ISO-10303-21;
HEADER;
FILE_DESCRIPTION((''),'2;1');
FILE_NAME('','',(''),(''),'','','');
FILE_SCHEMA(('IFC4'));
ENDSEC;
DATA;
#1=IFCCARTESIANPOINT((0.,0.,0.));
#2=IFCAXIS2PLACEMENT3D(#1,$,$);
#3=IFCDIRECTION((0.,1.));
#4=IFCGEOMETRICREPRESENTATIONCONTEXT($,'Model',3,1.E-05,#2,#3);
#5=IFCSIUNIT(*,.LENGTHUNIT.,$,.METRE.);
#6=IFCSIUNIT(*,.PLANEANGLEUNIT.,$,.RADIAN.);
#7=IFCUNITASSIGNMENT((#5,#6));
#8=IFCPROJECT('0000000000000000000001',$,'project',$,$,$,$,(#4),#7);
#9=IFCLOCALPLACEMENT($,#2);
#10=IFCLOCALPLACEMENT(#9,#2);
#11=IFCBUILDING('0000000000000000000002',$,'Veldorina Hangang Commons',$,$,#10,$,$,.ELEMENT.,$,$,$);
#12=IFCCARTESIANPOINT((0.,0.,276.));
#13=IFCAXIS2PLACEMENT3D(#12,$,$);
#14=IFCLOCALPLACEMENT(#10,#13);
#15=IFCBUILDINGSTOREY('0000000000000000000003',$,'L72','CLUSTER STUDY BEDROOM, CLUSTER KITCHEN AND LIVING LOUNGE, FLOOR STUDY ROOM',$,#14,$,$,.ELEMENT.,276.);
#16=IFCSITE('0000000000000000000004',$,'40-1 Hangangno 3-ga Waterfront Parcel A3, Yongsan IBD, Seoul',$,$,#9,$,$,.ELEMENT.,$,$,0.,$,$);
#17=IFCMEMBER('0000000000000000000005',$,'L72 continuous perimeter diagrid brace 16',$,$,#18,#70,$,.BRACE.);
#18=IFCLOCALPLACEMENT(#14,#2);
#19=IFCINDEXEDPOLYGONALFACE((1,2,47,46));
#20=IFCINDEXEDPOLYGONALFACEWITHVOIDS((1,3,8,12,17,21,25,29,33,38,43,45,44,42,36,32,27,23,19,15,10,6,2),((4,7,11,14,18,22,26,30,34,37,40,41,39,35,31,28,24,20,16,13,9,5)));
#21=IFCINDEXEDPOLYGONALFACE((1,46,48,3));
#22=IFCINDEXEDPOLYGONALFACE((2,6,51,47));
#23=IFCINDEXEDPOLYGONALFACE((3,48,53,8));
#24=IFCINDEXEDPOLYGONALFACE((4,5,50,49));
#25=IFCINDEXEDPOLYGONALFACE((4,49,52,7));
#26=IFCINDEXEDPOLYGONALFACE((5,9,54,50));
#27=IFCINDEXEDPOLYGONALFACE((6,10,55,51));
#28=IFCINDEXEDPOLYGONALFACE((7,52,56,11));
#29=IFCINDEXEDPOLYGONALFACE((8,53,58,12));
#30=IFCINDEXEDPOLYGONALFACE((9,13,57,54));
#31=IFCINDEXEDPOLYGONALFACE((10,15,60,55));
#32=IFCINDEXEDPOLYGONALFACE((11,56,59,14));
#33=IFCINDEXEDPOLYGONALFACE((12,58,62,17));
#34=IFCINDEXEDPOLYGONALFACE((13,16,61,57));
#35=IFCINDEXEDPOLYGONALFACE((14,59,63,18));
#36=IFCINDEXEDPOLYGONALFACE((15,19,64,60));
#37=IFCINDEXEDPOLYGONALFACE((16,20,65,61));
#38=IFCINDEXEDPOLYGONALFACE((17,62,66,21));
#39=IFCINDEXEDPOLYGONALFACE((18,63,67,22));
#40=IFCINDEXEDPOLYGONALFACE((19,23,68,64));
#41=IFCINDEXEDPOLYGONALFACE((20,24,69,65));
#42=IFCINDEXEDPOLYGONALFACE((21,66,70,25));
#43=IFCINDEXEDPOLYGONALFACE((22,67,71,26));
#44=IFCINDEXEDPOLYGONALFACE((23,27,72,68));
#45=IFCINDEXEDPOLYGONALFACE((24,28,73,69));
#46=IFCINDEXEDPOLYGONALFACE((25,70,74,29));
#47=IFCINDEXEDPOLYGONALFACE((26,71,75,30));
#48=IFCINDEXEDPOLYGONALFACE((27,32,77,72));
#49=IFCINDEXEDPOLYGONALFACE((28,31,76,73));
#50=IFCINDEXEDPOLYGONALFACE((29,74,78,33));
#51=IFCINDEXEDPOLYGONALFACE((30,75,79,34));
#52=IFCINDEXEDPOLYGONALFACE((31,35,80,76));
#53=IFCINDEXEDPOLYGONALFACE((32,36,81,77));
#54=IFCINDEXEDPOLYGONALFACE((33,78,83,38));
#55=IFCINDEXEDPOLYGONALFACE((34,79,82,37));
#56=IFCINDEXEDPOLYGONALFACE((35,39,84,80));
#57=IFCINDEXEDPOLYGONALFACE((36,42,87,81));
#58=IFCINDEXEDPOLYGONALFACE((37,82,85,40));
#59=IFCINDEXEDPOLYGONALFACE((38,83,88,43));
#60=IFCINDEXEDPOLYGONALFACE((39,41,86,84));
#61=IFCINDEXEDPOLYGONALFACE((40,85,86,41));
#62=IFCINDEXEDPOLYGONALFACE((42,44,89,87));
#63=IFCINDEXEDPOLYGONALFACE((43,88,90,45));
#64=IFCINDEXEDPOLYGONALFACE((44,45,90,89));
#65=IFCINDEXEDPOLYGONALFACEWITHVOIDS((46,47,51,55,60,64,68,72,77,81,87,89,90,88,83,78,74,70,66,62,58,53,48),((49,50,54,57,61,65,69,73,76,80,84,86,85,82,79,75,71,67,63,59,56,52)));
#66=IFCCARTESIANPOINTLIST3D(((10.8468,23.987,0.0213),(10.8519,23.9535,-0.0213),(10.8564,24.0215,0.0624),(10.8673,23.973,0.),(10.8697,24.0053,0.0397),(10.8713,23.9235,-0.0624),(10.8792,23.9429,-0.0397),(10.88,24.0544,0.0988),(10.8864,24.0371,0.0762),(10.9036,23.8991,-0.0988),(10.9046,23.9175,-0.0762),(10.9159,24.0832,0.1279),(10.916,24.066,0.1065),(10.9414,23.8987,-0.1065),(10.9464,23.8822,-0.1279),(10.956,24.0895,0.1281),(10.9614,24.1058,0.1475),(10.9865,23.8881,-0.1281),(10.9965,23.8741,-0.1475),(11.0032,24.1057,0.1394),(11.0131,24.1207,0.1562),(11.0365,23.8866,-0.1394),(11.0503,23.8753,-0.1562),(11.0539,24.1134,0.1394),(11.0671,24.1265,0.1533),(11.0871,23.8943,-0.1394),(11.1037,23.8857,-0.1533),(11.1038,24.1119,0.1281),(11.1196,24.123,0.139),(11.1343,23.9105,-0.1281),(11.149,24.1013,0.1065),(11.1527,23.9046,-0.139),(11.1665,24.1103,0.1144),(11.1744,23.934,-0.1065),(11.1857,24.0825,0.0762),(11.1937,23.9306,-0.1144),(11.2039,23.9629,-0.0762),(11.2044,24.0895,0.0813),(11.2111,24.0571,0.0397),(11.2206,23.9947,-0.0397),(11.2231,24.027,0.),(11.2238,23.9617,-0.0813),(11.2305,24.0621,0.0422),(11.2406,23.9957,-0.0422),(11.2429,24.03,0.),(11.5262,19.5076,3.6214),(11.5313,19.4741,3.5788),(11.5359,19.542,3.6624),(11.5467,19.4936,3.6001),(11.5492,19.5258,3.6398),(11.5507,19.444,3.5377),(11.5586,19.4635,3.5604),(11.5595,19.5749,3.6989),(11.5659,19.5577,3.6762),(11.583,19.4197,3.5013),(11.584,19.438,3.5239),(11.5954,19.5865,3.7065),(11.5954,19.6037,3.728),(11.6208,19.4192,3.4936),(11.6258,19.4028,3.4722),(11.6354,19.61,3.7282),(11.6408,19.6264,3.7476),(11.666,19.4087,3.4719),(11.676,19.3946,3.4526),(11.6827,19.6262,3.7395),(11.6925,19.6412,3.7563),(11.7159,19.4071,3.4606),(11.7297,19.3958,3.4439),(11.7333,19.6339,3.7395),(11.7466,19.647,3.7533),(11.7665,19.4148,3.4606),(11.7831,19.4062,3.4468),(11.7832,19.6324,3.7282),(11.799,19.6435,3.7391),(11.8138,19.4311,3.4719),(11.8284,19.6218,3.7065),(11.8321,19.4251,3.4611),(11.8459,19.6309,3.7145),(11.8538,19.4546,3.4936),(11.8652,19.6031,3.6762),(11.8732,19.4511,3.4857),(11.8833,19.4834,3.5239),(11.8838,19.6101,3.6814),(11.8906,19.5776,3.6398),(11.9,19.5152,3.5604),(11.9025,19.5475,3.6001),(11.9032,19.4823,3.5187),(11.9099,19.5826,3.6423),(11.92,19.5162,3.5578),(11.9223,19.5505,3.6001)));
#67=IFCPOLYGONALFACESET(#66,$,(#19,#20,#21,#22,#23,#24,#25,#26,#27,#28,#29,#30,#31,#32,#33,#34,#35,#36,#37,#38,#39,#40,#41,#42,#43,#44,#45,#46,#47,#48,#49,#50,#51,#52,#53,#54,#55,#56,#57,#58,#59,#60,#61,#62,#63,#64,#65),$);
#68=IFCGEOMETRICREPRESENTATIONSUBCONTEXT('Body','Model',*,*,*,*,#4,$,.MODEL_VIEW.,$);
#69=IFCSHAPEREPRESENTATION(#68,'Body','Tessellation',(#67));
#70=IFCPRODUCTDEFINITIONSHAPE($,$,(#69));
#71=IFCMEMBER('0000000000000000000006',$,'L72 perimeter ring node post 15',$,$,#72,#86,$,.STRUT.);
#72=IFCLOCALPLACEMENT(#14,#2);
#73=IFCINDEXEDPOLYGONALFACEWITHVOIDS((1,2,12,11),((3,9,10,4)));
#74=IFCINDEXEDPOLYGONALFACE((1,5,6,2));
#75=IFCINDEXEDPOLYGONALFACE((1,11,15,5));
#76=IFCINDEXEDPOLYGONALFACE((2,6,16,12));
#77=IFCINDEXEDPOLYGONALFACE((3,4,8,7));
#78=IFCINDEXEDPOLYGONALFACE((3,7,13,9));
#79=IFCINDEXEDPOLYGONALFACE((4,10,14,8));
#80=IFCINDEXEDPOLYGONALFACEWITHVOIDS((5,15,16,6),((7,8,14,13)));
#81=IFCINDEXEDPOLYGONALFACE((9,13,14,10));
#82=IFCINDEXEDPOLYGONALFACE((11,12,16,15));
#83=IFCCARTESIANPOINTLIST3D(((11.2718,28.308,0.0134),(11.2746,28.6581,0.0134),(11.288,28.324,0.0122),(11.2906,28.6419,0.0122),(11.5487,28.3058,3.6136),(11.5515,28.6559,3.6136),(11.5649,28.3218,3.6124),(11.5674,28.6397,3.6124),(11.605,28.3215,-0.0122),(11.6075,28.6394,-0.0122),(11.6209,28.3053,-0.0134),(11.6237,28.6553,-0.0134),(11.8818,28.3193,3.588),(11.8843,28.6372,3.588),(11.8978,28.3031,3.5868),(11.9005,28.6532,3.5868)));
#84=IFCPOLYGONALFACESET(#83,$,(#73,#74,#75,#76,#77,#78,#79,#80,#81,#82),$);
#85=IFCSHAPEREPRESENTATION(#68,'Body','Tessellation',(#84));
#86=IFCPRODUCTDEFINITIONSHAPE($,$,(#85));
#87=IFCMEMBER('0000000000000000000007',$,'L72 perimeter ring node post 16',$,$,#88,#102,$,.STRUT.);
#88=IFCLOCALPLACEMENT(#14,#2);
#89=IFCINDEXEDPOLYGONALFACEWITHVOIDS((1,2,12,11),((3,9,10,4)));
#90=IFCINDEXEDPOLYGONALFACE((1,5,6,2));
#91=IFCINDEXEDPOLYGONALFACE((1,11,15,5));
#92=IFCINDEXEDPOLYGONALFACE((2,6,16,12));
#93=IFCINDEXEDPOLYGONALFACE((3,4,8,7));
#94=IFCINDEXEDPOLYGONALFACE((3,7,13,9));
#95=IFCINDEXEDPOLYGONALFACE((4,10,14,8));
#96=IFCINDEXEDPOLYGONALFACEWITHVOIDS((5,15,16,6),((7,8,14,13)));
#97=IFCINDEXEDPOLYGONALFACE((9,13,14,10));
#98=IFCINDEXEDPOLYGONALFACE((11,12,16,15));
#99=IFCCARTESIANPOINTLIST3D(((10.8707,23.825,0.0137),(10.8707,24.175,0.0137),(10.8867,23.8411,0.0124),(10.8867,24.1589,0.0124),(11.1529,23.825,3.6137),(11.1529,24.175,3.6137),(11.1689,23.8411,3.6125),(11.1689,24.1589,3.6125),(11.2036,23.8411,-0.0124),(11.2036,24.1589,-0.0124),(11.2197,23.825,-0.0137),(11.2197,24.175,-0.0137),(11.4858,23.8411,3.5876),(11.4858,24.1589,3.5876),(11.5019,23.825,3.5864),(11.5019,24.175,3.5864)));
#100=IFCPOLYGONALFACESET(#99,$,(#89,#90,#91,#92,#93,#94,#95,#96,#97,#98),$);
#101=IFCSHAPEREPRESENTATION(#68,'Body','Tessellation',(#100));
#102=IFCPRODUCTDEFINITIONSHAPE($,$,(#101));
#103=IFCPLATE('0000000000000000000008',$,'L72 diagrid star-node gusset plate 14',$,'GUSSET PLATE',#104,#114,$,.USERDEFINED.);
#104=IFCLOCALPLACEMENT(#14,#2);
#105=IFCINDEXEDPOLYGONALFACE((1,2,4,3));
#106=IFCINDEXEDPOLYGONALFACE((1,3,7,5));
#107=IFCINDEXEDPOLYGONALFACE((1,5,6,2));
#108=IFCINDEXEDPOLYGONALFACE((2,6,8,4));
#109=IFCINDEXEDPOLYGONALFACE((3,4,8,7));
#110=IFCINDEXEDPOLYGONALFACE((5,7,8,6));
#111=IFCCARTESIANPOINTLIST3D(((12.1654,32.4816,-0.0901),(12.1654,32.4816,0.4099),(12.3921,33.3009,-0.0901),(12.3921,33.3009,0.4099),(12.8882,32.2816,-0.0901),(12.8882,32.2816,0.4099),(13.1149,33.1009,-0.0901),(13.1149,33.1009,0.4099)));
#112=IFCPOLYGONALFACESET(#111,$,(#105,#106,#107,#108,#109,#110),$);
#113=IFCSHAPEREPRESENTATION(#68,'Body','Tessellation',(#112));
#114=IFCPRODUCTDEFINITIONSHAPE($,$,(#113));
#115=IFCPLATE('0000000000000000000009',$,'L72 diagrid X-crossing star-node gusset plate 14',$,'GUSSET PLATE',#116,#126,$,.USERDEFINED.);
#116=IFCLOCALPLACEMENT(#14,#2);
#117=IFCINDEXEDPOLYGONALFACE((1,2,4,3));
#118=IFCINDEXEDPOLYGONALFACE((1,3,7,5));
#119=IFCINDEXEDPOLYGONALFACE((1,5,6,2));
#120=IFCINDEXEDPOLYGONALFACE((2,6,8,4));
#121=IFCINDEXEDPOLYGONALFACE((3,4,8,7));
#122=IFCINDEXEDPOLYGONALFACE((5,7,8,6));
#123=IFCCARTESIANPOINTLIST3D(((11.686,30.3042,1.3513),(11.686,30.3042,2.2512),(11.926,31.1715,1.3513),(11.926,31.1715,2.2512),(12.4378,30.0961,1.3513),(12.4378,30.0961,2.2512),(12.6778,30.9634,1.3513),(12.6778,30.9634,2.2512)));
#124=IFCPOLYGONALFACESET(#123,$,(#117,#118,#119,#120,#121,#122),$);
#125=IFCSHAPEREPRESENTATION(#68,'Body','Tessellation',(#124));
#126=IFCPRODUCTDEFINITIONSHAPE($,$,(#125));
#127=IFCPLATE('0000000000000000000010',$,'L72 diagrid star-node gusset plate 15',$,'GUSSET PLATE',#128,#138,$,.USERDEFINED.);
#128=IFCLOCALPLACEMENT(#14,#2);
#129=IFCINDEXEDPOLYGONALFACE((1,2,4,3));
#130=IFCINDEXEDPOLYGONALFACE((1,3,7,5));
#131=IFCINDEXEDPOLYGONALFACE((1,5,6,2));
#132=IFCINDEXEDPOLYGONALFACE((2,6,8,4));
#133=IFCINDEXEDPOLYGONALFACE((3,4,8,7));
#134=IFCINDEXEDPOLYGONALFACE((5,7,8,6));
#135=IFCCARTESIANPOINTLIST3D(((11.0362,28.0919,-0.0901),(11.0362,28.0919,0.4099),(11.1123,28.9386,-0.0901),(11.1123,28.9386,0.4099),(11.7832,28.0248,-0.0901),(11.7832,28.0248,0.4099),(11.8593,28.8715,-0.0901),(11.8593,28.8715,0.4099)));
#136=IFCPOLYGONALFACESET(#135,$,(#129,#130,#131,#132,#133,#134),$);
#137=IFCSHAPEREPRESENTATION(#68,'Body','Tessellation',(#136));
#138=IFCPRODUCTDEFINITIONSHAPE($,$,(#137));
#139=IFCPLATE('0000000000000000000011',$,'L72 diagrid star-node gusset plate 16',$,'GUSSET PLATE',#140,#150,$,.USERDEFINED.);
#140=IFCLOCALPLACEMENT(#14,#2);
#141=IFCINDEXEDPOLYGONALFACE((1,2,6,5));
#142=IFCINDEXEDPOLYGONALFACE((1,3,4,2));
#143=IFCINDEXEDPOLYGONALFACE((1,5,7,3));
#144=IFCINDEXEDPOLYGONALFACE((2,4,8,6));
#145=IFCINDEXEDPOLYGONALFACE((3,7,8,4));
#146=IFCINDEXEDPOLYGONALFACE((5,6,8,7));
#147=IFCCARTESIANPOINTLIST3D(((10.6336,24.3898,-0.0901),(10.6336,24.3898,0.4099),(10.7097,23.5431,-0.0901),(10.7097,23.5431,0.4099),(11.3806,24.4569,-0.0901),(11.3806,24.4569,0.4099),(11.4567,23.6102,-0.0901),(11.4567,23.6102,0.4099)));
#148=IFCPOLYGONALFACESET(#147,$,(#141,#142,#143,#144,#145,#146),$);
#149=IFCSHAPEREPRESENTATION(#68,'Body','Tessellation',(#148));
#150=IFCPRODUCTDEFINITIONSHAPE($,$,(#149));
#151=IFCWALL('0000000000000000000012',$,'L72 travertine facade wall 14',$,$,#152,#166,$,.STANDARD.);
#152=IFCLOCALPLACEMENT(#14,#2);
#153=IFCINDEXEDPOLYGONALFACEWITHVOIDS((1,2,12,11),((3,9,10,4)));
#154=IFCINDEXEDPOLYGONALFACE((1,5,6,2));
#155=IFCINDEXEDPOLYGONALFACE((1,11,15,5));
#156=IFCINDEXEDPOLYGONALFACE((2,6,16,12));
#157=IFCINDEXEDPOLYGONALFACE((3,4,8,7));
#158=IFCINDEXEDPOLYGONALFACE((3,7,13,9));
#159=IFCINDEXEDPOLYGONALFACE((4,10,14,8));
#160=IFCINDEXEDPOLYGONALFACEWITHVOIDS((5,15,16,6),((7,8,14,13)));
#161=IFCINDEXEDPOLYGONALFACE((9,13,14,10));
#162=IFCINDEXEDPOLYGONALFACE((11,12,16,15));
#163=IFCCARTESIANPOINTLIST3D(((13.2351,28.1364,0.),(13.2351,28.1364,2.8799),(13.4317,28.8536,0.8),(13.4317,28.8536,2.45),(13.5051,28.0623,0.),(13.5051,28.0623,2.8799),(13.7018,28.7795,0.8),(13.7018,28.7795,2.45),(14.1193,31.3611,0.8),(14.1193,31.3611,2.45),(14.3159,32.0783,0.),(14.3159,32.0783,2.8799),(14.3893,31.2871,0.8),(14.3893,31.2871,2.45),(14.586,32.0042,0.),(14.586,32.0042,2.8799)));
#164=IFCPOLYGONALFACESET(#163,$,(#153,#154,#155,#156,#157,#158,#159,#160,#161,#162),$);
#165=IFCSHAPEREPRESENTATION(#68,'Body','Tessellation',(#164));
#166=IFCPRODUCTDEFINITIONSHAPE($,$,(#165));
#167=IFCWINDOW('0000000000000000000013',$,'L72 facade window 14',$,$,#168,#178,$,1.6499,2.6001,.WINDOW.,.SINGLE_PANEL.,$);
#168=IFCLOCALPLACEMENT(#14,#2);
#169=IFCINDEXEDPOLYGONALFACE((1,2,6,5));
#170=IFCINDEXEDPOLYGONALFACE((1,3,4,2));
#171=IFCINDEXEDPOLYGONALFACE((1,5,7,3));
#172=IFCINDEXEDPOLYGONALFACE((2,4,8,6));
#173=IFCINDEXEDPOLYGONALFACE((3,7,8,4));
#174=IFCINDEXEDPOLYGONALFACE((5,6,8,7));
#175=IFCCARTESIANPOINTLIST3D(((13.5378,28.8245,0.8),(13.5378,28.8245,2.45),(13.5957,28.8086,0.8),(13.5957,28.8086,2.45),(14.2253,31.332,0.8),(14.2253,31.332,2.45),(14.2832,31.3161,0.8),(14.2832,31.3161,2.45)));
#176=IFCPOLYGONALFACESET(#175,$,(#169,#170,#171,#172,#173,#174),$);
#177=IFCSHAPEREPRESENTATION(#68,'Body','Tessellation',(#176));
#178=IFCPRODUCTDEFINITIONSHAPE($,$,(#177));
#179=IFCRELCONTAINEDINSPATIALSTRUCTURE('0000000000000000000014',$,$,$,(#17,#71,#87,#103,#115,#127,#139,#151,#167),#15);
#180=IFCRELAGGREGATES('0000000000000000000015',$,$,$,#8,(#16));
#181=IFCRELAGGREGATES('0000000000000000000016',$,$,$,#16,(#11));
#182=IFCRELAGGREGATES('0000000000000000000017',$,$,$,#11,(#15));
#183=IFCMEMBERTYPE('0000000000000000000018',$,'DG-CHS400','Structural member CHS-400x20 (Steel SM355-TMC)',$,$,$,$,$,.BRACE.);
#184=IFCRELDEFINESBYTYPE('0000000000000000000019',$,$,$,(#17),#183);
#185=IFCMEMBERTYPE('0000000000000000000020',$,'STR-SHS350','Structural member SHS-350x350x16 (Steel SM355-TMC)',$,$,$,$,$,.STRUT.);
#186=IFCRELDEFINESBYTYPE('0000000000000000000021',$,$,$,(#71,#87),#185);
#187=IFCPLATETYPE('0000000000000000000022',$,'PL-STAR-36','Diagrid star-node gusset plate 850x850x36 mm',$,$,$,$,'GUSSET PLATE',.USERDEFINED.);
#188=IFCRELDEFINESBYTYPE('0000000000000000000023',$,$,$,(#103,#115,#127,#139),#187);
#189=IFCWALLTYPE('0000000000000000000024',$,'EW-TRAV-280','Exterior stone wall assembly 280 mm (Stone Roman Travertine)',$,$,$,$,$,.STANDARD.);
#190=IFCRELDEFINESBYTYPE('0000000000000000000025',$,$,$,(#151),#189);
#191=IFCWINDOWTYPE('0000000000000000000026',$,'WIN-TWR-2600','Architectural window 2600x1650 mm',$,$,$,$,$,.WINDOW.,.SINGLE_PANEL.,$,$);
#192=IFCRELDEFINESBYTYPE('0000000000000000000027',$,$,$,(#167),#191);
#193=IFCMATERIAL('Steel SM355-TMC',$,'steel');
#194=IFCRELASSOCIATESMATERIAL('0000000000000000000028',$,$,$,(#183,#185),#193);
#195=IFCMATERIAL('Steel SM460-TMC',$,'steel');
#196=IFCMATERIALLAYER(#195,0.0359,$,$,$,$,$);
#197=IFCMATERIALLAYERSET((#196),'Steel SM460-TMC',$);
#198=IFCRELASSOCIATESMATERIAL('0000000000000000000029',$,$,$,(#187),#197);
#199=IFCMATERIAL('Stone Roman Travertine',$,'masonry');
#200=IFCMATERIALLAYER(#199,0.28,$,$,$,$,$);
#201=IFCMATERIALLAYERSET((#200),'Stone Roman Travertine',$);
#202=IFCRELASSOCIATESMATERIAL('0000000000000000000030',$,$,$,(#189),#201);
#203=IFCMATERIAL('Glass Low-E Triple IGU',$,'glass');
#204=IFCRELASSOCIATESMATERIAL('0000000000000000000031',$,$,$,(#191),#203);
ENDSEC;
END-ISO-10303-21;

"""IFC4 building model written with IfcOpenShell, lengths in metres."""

from ifc_helpers import new_model, si_unit, direction, frame, frame_2d, origin, origin_2d, place, context, subcontext, project, spatial, rectangle, hollow_rectangle, hollow_circle, extrude, material, layer, layer_set, material_profile, profile_set, type_object, element, fill, save


model = new_model("IFC4")

# Units and contexts
model_context = context("Model", 3, precision=1e-05, world=origin(), true_north=direction((0.0, 1.0)))
body_context = subcontext(model_context, "Body", "Model", "MODEL_VIEW")
ifc_project = project(units=[si_unit("LENGTHUNIT", "METRE"), si_unit("PLANEANGLEUNIT", "RADIAN")], contexts=[model_context])

# Site, building, storey
site_placement = place(None, origin())
site = spatial("IfcSite", under=ifc_project, at=site_placement, Name="40-1 Hangangno 3-ga Waterfront Parcel A3, Yongsan IBD, Seoul", CompositionType="ELEMENT", RefElevation=0.0)
building_placement = place(site_placement, origin())
building = spatial("IfcBuilding", under=site, at=building_placement, Name="Veldorina Hangang Commons", CompositionType="ELEMENT")
storey_placement = place(building_placement, frame((0.0, 0.0, 276.0)))
storey = spatial("IfcBuildingStorey", under=building, at=storey_placement, Name="L72", Description="CLUSTER STUDY BEDROOM, CLUSTER KITCHEN AND LIVING LOUNGE, FLOOR STUDY ROOM", CompositionType="ELEMENT", Elevation=276.0)

# Shared definitions
ifc_material_1 = material(Name="Steel SM355-TMC", Category="steel")

# Members
ifc_material_profile_1 = material_profile(ifc_material_1, hollow_circle(Radius=0.2, WallThickness=0.02, at=origin_2d()), Name="CHS-400x20")
ifc_profile_set_1 = profile_set([ifc_material_profile_1], Name="Steel SM355-TMC")
member_type_1 = type_object("IfcMemberType", Name="DG-CHS400", Description="Structural member CHS-400x20 (Steel SM355-TMC)", PredefinedType="BRACE", material=ifc_profile_set_1)
member_1_placement = place(storey_placement, frame((11.0452, 24.0, 0.0), z_axis=(0.117411, -0.774075, 0.622112), x_axis=(0.988692, 0.149963, 0.0)))
element("IfcMember", 1, at=member_1_placement, inside=storey, type_object=member_type_1, Name="L72 continuous perimeter diagrid brace 16", PredefinedType="BRACE", context=body_context, shape_type="SweptSolid", body=[
    extrude(hollow_circle(Radius=0.2, WallThickness=0.02, at=origin_2d()), origin(), (0.0, 0.0, 1.0), 5.7869),
])
ifc_material_profile_2 = material_profile(ifc_material_1, hollow_rectangle(XDim=0.3501, YDim=0.3501, WallThickness=0.0161, at=origin_2d()), Name="SHS-350x350x16")
ifc_profile_set_2 = profile_set([ifc_material_profile_2], Name="Steel SM355-TMC")
member_type_2 = type_object("IfcMemberType", Name="STR-SHS350", Description="Structural member SHS-350x350x16 (Steel SM355-TMC)", PredefinedType="STRUT", material=ifc_profile_set_2)
member_2_placement = place(storey_placement, frame((11.4478, 28.4817, 0.0), z_axis=(0.076676, -0.000609, 0.997056), x_axis=(0.007936, 0.999969, 0.0)))
element("IfcMember", 2, at=member_2_placement, inside=storey, type_object=member_type_2, Name="L72 perimeter ring node post 15", PredefinedType="STRUT", context=body_context, shape_type="SweptSolid", body=[
    extrude(hollow_rectangle(XDim=0.3501, YDim=0.3501, WallThickness=0.0161, at=origin_2d()), origin(), (0.0, 0.0, 1.0), 3.6108),
])
member_3_placement = place(storey_placement, frame((11.0452, 24.0, 0.0), z_axis=(0.078154, 0.0, 0.996941), x_axis=(0.0, 1.0, 0.0)))
element("IfcMember", 3, at=member_3_placement, inside=storey, type_object=member_type_2, Name="L72 perimeter ring node post 16", PredefinedType="STRUT", context=body_context, shape_type="SweptSolid", body=[
    extrude(hollow_rectangle(XDim=0.3501, YDim=0.3501, WallThickness=0.0161, at=origin_2d()), origin(), (0.0, 0.0, 1.0), 3.6111),
])

# Plates
ifc_material_2 = material(Name="Steel SM460-TMC", Category="steel")
ifc_layer_1 = layer(ifc_material_2, 0.0359)
ifc_layer_set_1 = layer_set([ifc_layer_1], Name="Steel SM460-TMC")
plate_type = type_object("IfcPlateType", Name="PL-STAR-36", Description="Diagrid star-node gusset plate 850x850x36 mm", ElementType="GUSSET PLATE", PredefinedType="USERDEFINED", material=ifc_layer_set_1)
plate_1_placement = place(storey_placement, frame((12.6401, 32.7913, -0.0901), z_axis=(0.0, 0.0, 1.0), x_axis=(-0.2667, -0.96378, 0.0)))
element("IfcPlate", 4, at=plate_1_placement, inside=storey, type_object=plate_type, Name="L72 diagrid star-node gusset plate 14", ObjectType="GUSSET PLATE", PredefinedType="USERDEFINED", context=body_context, shape_type="SweptSolid", body=[
    extrude(rectangle(XDim=0.8501, YDim=0.75, at=origin_2d()), origin(), (0.0, 0.0, 1.0), 0.5),
])
plate_2_placement = place(storey_placement, frame((12.1819, 30.6338, 1.3513), z_axis=(0.0, 0.0, 1.0), x_axis=(-0.2667, -0.96378, 0.0)))
element("IfcPlate", 5, at=plate_2_placement, inside=storey, type_object=plate_type, Name="L72 diagrid X-crossing star-node gusset plate 14", ObjectType="GUSSET PLATE", PredefinedType="USERDEFINED", context=body_context, shape_type="SweptSolid", body=[
    extrude(rectangle(XDim=0.8999, YDim=0.78, at=origin_2d()), origin(), (0.0, 0.0, 1.0), 0.8999),
])
for number, where, z_axis, x_axis, name in (
    (6, (11.4478, 28.4817, -0.0901), (0.0, 0.0, 1.0), (-0.089468, -0.99599, 0.0), "L72 diagrid star-node gusset plate 15"),
    (7, (11.0452, 24.0, -0.0901), (0.0, 0.0, 1.0), (0.089468, -0.99599, 0.0), "L72 diagrid star-node gusset plate 16"),
):
    element("IfcPlate", number, at=place(storey_placement, frame(where, z_axis=z_axis, x_axis=x_axis)), inside=storey, type_object=plate_type, Name=name, ObjectType="GUSSET PLATE", PredefinedType="USERDEFINED", context=body_context, shape_type="SweptSolid", body=[
        extrude(rectangle(XDim=0.8501, YDim=0.75, at=origin_2d()), origin(), (0.0, 0.0, 1.0), 0.5),
    ])

# Wall, opening, window
ifc_material_3 = material(Name="Stone Roman Travertine", Category="masonry")
ifc_layer_2 = layer(ifc_material_3, 0.28)
ifc_layer_set_2 = layer_set([ifc_layer_2], Name="Stone Roman Travertine")
wall_type_1 = type_object("IfcWallType", Name="EW-TRAV-280", Description="Exterior stone wall assembly 280 mm (Stone Roman Travertine)", PredefinedType="STANDARD", material=ifc_layer_set_2)
wall_1_placement = place(storey_placement, frame((14.4509, 32.0413, 0.0), z_axis=(0.0, 0.0, 1.0), x_axis=(-0.264426, -0.964406, 0.0)))
wall_1 = element("IfcWall", 8, at=wall_1_placement, inside=storey, type_object=wall_type_1, Name="L72 travertine facade wall 14", PredefinedType="STANDARD", context=body_context, shape_type="SweptSolid", body=[
    extrude(rectangle(XDim=4.0874, YDim=0.28, at=frame_2d((2.0437, 0.0))), origin(), (0.0, 0.0, 1.0), 2.8799),
])
opening_1_placement = place(wall_1_placement, frame((0.7437, 0.0, 0.8)))
opening_1 = element("IfcOpeningElement", 9, at=opening_1_placement, cuts=wall_1, PredefinedType="OPENING", context=body_context, shape_type="SweptSolid", body=[
    extrude(rectangle(XDim=2.6001, YDim=1.6499, at=frame_2d((1.3, 0.825))), frame((0.0, 0.1499, 0.0), z_axis=(0.0, -1.0, 0.0), x_axis=(1.0, 0.0, 0.0)), (0.0, 0.0, 1.0), 0.3),
])
ifc_material_4 = material(Name="Glass Low-E Triple IGU", Category="glass")
window_type = type_object("IfcWindowType", Name="WIN-TWR-2600", Description="Architectural window 2600x1650 mm", PartitioningType="SINGLE_PANEL", PredefinedType="WINDOW", material=ifc_material_4)
window_1_placement = place(opening_1_placement, origin())
window_1 = element("IfcWindow", 10, at=window_1_placement, inside=storey, type_object=window_type, Name="L72 facade window 14", OverallHeight=1.6499, OverallWidth=2.6001, PartitioningType="SINGLE_PANEL", PredefinedType="WINDOW", context=body_context, shape_type="SweptSolid", body=[
    extrude(rectangle(XDim=2.6001, YDim=1.6499, at=frame_2d((1.3, 0.825))), frame((0.0, 0.03, 0.0), z_axis=(0.0, -1.0, 0.0), x_axis=(1.0, 0.0, 0.0)), (0.0, 0.0, 1.0), 0.0601),
])
fill(opening_1, window_1)

save(model, "model.ifc")
